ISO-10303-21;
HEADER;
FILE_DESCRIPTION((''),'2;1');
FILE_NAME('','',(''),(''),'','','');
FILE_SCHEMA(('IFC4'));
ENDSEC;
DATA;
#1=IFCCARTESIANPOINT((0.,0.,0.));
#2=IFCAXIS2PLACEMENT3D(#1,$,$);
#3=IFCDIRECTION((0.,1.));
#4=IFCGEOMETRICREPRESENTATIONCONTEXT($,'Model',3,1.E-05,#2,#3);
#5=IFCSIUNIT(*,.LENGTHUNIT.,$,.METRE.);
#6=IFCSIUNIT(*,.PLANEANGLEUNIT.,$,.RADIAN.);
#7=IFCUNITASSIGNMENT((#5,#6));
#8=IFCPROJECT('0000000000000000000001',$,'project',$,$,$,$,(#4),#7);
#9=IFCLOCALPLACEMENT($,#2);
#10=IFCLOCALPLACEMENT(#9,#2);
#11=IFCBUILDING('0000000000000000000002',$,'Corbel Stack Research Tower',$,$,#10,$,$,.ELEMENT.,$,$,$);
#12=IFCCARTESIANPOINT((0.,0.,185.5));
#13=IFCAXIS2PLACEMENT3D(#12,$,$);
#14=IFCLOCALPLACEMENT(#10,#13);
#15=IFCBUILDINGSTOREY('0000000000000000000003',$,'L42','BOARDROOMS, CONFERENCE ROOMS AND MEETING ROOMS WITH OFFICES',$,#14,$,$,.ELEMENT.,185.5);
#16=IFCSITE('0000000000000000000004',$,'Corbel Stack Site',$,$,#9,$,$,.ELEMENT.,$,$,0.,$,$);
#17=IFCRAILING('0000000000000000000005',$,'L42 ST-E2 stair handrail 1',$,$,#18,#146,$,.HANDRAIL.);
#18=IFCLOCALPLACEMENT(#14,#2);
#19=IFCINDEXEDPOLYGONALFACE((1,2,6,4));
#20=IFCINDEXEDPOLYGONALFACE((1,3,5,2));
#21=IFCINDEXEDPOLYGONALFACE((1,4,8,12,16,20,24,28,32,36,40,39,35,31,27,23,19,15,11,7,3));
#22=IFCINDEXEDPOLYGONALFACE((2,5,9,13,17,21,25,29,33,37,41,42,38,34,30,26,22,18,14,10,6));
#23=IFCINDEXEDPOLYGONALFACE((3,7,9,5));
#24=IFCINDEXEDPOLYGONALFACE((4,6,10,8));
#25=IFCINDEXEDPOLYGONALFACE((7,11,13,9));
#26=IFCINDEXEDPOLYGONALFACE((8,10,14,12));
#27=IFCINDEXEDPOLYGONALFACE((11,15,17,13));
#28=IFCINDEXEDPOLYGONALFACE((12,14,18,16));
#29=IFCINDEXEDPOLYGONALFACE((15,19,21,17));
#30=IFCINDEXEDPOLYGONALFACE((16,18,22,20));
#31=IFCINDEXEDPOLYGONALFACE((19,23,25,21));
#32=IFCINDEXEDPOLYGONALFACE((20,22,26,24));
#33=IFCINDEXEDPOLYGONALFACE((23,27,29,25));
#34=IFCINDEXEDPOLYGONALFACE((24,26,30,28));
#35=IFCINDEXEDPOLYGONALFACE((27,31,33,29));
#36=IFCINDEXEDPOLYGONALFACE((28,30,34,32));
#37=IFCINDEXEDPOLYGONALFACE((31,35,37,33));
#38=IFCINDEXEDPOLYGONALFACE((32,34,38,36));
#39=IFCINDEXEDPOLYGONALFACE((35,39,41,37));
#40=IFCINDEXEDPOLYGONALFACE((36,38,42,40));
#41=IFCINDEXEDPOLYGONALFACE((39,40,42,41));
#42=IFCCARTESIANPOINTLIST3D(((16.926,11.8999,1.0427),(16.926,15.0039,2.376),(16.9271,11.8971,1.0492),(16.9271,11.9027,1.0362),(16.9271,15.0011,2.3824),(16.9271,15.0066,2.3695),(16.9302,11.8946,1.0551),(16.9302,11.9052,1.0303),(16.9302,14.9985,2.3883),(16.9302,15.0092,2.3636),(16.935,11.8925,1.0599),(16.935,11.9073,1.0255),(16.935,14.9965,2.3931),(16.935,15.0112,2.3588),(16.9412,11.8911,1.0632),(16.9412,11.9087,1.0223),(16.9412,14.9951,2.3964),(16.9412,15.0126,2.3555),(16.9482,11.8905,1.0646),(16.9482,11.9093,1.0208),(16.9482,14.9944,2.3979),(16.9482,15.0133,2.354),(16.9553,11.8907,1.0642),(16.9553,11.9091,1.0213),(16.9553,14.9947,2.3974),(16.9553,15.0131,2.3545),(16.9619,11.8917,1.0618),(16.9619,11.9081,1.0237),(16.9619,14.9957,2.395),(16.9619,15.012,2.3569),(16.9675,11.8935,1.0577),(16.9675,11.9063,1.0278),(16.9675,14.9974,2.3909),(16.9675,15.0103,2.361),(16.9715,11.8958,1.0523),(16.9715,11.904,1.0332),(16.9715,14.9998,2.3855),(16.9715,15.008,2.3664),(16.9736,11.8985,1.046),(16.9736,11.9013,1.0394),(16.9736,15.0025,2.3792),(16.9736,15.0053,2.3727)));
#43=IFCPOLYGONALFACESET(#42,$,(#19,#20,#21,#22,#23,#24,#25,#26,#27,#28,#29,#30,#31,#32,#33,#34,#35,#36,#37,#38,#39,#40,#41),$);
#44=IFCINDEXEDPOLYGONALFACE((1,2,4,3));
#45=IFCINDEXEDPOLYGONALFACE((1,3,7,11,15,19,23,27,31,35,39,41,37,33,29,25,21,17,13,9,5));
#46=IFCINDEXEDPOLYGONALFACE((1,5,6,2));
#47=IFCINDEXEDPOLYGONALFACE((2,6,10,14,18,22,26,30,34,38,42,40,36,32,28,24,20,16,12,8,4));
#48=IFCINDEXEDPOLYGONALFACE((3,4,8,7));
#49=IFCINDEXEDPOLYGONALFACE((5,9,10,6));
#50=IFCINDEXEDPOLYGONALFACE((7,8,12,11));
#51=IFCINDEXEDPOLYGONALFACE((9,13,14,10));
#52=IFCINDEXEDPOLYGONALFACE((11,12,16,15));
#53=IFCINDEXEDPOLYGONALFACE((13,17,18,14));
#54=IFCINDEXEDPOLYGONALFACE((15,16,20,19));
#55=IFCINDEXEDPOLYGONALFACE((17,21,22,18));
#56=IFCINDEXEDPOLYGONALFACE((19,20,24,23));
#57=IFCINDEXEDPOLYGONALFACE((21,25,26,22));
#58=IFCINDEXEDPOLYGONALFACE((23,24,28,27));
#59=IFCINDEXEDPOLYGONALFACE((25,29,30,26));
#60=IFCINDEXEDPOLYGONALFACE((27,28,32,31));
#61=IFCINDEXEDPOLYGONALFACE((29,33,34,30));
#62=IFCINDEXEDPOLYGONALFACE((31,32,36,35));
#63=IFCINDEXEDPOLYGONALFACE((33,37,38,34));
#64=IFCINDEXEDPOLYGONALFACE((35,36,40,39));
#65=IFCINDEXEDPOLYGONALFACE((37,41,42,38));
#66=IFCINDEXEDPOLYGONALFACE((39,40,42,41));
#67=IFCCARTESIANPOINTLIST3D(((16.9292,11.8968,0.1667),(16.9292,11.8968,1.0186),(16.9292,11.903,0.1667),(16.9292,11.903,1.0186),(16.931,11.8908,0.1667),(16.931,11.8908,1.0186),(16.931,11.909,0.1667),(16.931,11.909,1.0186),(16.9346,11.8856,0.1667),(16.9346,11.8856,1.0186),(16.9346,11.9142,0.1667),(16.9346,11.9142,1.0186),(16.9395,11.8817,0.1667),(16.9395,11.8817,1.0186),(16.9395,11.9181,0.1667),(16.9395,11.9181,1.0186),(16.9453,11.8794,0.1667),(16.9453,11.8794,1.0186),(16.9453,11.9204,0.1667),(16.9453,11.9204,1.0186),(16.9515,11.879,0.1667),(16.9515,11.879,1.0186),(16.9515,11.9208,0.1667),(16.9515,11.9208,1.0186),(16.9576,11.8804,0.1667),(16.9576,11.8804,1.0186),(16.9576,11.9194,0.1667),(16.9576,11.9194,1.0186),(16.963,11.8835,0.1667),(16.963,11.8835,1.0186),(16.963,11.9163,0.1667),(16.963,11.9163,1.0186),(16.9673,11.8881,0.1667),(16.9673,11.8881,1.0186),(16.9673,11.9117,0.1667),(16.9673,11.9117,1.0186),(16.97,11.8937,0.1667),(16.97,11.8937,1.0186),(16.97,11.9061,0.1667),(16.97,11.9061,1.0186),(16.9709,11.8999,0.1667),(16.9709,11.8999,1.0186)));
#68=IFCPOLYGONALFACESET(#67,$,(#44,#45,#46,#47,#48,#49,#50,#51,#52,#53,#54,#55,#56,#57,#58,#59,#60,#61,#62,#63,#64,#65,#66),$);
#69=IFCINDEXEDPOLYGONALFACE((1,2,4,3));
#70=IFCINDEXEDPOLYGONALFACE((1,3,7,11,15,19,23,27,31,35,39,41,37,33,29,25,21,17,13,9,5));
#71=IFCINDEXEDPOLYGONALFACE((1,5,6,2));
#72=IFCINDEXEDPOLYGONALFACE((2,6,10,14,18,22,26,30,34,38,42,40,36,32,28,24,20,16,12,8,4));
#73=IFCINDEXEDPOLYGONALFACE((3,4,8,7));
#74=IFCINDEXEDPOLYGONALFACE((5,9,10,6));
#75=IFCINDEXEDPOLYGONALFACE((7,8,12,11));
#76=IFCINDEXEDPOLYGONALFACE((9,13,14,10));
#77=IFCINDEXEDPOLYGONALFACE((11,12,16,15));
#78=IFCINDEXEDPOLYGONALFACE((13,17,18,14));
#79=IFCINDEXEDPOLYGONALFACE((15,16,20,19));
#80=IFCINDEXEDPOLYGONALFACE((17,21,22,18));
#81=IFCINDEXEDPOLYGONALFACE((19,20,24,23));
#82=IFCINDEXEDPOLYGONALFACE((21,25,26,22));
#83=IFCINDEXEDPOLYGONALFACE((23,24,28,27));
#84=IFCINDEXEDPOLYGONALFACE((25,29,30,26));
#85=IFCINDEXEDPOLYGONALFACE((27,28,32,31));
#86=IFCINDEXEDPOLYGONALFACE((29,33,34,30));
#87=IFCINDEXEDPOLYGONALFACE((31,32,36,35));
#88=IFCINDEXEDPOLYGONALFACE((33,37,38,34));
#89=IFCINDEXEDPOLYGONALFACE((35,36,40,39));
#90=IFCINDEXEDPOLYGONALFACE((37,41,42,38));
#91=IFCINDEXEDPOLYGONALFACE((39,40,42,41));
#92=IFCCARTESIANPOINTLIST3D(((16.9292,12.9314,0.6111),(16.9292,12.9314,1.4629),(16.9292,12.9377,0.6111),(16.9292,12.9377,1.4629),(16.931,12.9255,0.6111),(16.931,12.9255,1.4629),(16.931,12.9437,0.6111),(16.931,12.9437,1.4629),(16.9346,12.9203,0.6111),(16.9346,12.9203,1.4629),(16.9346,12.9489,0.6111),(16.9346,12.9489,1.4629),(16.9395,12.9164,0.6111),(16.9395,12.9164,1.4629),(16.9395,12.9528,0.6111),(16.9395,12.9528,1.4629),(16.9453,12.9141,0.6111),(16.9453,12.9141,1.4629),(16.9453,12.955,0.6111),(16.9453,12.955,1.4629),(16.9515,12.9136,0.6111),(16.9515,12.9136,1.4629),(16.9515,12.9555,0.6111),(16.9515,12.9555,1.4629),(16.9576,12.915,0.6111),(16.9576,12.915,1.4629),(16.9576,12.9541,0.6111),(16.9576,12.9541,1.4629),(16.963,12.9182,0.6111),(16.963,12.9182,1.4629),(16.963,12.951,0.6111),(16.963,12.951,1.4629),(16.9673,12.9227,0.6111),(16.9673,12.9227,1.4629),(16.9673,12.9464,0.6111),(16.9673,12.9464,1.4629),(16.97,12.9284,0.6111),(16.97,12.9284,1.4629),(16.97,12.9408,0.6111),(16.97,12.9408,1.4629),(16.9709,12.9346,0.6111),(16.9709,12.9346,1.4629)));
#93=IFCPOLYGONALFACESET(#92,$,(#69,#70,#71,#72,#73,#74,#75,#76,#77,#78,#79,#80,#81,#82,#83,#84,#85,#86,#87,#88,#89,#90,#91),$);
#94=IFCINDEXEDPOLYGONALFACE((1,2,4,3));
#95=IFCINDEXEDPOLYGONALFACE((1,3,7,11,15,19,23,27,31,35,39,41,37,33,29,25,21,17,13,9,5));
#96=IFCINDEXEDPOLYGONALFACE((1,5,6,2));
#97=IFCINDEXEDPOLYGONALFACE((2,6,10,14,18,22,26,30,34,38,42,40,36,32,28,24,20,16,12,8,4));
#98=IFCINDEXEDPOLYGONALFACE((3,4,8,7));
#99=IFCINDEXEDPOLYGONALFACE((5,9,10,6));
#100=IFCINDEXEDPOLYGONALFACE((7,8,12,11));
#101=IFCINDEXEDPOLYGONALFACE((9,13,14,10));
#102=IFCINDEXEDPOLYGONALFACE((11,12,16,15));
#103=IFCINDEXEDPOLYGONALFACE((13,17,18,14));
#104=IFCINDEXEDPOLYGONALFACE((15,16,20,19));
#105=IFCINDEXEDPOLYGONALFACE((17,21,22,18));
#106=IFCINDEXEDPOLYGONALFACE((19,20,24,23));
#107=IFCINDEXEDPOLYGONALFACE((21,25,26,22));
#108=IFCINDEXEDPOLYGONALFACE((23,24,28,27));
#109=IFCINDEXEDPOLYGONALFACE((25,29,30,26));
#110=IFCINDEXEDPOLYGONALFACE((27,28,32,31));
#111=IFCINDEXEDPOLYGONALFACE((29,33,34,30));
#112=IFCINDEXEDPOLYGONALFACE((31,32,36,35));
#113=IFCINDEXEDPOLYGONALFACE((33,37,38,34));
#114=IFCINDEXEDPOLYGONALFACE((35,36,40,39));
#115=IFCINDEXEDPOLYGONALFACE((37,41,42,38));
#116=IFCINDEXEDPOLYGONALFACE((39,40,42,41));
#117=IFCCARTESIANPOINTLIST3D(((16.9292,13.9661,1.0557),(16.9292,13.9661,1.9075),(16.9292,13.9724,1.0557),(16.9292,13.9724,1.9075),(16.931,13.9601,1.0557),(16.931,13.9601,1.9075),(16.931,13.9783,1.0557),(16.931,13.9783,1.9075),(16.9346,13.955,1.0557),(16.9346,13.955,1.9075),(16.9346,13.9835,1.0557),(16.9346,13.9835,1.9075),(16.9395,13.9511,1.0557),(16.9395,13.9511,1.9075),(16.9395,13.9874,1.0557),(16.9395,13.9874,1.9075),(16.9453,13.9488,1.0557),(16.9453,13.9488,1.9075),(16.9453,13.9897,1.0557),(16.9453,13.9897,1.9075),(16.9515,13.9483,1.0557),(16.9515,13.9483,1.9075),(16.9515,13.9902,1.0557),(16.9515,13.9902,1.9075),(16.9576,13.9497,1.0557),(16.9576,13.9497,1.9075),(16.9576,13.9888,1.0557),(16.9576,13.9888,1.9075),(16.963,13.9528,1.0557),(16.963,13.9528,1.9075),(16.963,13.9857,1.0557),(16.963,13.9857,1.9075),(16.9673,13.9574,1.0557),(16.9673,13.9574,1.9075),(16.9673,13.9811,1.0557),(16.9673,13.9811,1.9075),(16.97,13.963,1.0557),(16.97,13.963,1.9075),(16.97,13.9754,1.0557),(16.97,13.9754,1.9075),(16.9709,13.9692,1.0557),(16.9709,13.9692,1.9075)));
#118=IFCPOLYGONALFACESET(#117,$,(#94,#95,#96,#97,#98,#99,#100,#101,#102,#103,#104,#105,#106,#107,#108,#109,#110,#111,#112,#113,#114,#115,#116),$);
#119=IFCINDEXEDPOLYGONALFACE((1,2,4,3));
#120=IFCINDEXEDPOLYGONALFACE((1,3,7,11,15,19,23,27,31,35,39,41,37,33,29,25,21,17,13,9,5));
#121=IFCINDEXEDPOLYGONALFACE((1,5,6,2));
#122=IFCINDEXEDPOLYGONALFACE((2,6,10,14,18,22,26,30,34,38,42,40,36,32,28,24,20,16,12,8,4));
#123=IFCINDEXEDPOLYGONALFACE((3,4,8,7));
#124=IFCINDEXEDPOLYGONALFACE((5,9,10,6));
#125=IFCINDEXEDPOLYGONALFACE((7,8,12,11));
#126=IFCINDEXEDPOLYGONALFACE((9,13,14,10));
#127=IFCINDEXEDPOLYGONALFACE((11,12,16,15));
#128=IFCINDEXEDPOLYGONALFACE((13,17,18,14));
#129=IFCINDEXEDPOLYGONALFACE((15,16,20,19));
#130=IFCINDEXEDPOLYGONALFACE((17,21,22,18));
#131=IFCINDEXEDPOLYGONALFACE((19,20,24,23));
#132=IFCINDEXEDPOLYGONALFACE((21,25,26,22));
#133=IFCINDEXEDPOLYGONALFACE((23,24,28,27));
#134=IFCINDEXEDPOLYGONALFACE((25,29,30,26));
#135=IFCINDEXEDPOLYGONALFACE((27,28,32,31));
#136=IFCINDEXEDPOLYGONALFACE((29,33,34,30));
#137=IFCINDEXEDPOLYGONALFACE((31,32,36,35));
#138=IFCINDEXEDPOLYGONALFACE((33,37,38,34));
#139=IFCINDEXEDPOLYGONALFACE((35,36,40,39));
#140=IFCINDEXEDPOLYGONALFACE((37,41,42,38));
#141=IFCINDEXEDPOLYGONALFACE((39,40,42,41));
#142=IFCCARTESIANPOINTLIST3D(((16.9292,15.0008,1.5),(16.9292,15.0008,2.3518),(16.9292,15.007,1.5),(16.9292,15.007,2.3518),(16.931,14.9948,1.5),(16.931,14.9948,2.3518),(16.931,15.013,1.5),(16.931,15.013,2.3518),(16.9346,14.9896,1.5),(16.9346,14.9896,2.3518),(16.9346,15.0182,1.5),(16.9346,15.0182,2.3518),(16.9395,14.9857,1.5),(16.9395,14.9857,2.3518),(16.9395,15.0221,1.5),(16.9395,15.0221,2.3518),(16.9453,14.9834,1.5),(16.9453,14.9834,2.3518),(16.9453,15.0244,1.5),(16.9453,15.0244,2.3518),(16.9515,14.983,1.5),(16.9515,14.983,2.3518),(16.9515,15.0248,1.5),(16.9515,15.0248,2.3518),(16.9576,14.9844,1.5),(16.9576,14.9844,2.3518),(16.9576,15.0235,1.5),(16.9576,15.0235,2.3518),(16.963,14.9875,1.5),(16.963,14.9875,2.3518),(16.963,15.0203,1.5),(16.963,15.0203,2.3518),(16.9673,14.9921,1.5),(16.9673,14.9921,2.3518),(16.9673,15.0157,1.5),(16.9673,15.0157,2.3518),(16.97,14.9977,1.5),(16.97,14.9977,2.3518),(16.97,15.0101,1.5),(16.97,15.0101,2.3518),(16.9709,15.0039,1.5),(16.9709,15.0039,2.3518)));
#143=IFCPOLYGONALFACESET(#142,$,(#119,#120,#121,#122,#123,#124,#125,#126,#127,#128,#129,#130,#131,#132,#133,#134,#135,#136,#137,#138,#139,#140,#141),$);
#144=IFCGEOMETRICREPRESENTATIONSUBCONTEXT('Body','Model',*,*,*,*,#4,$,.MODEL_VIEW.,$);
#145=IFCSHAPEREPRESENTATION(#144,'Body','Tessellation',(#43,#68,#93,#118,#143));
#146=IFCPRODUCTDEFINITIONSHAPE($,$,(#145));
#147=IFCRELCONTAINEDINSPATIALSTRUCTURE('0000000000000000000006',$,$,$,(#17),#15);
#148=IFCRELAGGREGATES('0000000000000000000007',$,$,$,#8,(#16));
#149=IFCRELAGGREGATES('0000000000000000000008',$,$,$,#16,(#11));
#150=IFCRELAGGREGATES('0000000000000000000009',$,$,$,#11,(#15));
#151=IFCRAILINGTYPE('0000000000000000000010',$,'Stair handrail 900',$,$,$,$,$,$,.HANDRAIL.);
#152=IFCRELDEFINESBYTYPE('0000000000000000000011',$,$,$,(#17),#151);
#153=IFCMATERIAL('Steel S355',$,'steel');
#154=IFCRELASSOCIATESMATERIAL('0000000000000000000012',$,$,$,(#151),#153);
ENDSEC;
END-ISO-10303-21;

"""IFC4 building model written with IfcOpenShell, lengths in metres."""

from ifc_helpers import new_model, si_unit, direction, frame, origin, origin_2d, place, context, subcontext, project, spatial, circle, extrude, material, type_object, element, save


model = new_model("IFC4")

# Units and contexts
model_context = context("Model", 3, precision=1e-05, world=origin(), true_north=direction((0.0, 1.0)))
body_context = subcontext(model_context, "Body", "Model", "MODEL_VIEW")
ifc_project = project(units=[si_unit("LENGTHUNIT", "METRE"), si_unit("PLANEANGLEUNIT", "RADIAN")], contexts=[model_context])

# Site, building, storey
site_placement = place(None, origin())
site = spatial("IfcSite", under=ifc_project, at=site_placement, Name="Corbel Stack Site", CompositionType="ELEMENT", RefElevation=0.0)
building_placement = place(site_placement, origin())
building = spatial("IfcBuilding", under=site, at=building_placement, Name="Corbel Stack Research Tower", CompositionType="ELEMENT")
storey_placement = place(building_placement, frame((0.0, 0.0, 185.5)))
storey = spatial("IfcBuildingStorey", under=building, at=storey_placement, Name="L42", Description="BOARDROOMS, CONFERENCE ROOMS AND MEETING ROOMS WITH OFFICES", CompositionType="ELEMENT", Elevation=185.5)

# Railing
ifc_material_1 = material(Name="Steel S355", Category="steel")
railing_type_1 = type_object("IfcRailingType", Name="Stair handrail 900", PredefinedType="HANDRAIL", material=ifc_material_1)
for number, where, name in (
    (1, (16.95, 11.8999, 0.1667), "L42 ST-E2 stair handrail 1"),
):
    element("IfcRailing", number, at=place(storey_placement, frame(where)), inside=storey, type_object=railing_type_1, Name=name, PredefinedType="HANDRAIL", context=body_context, shape_type="SweptSolid", body=[
        extrude(circle(Radius=0.0239, at=origin_2d()), frame((0.0, 0.0, 0.876), z_axis=(0.0, 0.918827, 0.394661), x_axis=(-1.0, 0.0, 0.0)), (0.0, 0.0, 1.0), 3.3782),
        extrude(circle(Radius=0.021, at=origin_2d()), origin(), (0.0, 0.0, 1.0), 0.8518),
        extrude(circle(Radius=0.021, at=origin_2d()), frame((0.0, 1.0347, 0.4443)), (0.0, 0.0, 1.0), 0.8518),
        extrude(circle(Radius=0.021, at=origin_2d()), frame((0.0, 2.0693, 0.8889)), (0.0, 0.0, 1.0), 0.8518),
        extrude(circle(Radius=0.021, at=origin_2d()), frame((0.0, 3.104, 1.3333)), (0.0, 0.0, 1.0), 0.8518),
    ])

save(model, "model.ifc")
